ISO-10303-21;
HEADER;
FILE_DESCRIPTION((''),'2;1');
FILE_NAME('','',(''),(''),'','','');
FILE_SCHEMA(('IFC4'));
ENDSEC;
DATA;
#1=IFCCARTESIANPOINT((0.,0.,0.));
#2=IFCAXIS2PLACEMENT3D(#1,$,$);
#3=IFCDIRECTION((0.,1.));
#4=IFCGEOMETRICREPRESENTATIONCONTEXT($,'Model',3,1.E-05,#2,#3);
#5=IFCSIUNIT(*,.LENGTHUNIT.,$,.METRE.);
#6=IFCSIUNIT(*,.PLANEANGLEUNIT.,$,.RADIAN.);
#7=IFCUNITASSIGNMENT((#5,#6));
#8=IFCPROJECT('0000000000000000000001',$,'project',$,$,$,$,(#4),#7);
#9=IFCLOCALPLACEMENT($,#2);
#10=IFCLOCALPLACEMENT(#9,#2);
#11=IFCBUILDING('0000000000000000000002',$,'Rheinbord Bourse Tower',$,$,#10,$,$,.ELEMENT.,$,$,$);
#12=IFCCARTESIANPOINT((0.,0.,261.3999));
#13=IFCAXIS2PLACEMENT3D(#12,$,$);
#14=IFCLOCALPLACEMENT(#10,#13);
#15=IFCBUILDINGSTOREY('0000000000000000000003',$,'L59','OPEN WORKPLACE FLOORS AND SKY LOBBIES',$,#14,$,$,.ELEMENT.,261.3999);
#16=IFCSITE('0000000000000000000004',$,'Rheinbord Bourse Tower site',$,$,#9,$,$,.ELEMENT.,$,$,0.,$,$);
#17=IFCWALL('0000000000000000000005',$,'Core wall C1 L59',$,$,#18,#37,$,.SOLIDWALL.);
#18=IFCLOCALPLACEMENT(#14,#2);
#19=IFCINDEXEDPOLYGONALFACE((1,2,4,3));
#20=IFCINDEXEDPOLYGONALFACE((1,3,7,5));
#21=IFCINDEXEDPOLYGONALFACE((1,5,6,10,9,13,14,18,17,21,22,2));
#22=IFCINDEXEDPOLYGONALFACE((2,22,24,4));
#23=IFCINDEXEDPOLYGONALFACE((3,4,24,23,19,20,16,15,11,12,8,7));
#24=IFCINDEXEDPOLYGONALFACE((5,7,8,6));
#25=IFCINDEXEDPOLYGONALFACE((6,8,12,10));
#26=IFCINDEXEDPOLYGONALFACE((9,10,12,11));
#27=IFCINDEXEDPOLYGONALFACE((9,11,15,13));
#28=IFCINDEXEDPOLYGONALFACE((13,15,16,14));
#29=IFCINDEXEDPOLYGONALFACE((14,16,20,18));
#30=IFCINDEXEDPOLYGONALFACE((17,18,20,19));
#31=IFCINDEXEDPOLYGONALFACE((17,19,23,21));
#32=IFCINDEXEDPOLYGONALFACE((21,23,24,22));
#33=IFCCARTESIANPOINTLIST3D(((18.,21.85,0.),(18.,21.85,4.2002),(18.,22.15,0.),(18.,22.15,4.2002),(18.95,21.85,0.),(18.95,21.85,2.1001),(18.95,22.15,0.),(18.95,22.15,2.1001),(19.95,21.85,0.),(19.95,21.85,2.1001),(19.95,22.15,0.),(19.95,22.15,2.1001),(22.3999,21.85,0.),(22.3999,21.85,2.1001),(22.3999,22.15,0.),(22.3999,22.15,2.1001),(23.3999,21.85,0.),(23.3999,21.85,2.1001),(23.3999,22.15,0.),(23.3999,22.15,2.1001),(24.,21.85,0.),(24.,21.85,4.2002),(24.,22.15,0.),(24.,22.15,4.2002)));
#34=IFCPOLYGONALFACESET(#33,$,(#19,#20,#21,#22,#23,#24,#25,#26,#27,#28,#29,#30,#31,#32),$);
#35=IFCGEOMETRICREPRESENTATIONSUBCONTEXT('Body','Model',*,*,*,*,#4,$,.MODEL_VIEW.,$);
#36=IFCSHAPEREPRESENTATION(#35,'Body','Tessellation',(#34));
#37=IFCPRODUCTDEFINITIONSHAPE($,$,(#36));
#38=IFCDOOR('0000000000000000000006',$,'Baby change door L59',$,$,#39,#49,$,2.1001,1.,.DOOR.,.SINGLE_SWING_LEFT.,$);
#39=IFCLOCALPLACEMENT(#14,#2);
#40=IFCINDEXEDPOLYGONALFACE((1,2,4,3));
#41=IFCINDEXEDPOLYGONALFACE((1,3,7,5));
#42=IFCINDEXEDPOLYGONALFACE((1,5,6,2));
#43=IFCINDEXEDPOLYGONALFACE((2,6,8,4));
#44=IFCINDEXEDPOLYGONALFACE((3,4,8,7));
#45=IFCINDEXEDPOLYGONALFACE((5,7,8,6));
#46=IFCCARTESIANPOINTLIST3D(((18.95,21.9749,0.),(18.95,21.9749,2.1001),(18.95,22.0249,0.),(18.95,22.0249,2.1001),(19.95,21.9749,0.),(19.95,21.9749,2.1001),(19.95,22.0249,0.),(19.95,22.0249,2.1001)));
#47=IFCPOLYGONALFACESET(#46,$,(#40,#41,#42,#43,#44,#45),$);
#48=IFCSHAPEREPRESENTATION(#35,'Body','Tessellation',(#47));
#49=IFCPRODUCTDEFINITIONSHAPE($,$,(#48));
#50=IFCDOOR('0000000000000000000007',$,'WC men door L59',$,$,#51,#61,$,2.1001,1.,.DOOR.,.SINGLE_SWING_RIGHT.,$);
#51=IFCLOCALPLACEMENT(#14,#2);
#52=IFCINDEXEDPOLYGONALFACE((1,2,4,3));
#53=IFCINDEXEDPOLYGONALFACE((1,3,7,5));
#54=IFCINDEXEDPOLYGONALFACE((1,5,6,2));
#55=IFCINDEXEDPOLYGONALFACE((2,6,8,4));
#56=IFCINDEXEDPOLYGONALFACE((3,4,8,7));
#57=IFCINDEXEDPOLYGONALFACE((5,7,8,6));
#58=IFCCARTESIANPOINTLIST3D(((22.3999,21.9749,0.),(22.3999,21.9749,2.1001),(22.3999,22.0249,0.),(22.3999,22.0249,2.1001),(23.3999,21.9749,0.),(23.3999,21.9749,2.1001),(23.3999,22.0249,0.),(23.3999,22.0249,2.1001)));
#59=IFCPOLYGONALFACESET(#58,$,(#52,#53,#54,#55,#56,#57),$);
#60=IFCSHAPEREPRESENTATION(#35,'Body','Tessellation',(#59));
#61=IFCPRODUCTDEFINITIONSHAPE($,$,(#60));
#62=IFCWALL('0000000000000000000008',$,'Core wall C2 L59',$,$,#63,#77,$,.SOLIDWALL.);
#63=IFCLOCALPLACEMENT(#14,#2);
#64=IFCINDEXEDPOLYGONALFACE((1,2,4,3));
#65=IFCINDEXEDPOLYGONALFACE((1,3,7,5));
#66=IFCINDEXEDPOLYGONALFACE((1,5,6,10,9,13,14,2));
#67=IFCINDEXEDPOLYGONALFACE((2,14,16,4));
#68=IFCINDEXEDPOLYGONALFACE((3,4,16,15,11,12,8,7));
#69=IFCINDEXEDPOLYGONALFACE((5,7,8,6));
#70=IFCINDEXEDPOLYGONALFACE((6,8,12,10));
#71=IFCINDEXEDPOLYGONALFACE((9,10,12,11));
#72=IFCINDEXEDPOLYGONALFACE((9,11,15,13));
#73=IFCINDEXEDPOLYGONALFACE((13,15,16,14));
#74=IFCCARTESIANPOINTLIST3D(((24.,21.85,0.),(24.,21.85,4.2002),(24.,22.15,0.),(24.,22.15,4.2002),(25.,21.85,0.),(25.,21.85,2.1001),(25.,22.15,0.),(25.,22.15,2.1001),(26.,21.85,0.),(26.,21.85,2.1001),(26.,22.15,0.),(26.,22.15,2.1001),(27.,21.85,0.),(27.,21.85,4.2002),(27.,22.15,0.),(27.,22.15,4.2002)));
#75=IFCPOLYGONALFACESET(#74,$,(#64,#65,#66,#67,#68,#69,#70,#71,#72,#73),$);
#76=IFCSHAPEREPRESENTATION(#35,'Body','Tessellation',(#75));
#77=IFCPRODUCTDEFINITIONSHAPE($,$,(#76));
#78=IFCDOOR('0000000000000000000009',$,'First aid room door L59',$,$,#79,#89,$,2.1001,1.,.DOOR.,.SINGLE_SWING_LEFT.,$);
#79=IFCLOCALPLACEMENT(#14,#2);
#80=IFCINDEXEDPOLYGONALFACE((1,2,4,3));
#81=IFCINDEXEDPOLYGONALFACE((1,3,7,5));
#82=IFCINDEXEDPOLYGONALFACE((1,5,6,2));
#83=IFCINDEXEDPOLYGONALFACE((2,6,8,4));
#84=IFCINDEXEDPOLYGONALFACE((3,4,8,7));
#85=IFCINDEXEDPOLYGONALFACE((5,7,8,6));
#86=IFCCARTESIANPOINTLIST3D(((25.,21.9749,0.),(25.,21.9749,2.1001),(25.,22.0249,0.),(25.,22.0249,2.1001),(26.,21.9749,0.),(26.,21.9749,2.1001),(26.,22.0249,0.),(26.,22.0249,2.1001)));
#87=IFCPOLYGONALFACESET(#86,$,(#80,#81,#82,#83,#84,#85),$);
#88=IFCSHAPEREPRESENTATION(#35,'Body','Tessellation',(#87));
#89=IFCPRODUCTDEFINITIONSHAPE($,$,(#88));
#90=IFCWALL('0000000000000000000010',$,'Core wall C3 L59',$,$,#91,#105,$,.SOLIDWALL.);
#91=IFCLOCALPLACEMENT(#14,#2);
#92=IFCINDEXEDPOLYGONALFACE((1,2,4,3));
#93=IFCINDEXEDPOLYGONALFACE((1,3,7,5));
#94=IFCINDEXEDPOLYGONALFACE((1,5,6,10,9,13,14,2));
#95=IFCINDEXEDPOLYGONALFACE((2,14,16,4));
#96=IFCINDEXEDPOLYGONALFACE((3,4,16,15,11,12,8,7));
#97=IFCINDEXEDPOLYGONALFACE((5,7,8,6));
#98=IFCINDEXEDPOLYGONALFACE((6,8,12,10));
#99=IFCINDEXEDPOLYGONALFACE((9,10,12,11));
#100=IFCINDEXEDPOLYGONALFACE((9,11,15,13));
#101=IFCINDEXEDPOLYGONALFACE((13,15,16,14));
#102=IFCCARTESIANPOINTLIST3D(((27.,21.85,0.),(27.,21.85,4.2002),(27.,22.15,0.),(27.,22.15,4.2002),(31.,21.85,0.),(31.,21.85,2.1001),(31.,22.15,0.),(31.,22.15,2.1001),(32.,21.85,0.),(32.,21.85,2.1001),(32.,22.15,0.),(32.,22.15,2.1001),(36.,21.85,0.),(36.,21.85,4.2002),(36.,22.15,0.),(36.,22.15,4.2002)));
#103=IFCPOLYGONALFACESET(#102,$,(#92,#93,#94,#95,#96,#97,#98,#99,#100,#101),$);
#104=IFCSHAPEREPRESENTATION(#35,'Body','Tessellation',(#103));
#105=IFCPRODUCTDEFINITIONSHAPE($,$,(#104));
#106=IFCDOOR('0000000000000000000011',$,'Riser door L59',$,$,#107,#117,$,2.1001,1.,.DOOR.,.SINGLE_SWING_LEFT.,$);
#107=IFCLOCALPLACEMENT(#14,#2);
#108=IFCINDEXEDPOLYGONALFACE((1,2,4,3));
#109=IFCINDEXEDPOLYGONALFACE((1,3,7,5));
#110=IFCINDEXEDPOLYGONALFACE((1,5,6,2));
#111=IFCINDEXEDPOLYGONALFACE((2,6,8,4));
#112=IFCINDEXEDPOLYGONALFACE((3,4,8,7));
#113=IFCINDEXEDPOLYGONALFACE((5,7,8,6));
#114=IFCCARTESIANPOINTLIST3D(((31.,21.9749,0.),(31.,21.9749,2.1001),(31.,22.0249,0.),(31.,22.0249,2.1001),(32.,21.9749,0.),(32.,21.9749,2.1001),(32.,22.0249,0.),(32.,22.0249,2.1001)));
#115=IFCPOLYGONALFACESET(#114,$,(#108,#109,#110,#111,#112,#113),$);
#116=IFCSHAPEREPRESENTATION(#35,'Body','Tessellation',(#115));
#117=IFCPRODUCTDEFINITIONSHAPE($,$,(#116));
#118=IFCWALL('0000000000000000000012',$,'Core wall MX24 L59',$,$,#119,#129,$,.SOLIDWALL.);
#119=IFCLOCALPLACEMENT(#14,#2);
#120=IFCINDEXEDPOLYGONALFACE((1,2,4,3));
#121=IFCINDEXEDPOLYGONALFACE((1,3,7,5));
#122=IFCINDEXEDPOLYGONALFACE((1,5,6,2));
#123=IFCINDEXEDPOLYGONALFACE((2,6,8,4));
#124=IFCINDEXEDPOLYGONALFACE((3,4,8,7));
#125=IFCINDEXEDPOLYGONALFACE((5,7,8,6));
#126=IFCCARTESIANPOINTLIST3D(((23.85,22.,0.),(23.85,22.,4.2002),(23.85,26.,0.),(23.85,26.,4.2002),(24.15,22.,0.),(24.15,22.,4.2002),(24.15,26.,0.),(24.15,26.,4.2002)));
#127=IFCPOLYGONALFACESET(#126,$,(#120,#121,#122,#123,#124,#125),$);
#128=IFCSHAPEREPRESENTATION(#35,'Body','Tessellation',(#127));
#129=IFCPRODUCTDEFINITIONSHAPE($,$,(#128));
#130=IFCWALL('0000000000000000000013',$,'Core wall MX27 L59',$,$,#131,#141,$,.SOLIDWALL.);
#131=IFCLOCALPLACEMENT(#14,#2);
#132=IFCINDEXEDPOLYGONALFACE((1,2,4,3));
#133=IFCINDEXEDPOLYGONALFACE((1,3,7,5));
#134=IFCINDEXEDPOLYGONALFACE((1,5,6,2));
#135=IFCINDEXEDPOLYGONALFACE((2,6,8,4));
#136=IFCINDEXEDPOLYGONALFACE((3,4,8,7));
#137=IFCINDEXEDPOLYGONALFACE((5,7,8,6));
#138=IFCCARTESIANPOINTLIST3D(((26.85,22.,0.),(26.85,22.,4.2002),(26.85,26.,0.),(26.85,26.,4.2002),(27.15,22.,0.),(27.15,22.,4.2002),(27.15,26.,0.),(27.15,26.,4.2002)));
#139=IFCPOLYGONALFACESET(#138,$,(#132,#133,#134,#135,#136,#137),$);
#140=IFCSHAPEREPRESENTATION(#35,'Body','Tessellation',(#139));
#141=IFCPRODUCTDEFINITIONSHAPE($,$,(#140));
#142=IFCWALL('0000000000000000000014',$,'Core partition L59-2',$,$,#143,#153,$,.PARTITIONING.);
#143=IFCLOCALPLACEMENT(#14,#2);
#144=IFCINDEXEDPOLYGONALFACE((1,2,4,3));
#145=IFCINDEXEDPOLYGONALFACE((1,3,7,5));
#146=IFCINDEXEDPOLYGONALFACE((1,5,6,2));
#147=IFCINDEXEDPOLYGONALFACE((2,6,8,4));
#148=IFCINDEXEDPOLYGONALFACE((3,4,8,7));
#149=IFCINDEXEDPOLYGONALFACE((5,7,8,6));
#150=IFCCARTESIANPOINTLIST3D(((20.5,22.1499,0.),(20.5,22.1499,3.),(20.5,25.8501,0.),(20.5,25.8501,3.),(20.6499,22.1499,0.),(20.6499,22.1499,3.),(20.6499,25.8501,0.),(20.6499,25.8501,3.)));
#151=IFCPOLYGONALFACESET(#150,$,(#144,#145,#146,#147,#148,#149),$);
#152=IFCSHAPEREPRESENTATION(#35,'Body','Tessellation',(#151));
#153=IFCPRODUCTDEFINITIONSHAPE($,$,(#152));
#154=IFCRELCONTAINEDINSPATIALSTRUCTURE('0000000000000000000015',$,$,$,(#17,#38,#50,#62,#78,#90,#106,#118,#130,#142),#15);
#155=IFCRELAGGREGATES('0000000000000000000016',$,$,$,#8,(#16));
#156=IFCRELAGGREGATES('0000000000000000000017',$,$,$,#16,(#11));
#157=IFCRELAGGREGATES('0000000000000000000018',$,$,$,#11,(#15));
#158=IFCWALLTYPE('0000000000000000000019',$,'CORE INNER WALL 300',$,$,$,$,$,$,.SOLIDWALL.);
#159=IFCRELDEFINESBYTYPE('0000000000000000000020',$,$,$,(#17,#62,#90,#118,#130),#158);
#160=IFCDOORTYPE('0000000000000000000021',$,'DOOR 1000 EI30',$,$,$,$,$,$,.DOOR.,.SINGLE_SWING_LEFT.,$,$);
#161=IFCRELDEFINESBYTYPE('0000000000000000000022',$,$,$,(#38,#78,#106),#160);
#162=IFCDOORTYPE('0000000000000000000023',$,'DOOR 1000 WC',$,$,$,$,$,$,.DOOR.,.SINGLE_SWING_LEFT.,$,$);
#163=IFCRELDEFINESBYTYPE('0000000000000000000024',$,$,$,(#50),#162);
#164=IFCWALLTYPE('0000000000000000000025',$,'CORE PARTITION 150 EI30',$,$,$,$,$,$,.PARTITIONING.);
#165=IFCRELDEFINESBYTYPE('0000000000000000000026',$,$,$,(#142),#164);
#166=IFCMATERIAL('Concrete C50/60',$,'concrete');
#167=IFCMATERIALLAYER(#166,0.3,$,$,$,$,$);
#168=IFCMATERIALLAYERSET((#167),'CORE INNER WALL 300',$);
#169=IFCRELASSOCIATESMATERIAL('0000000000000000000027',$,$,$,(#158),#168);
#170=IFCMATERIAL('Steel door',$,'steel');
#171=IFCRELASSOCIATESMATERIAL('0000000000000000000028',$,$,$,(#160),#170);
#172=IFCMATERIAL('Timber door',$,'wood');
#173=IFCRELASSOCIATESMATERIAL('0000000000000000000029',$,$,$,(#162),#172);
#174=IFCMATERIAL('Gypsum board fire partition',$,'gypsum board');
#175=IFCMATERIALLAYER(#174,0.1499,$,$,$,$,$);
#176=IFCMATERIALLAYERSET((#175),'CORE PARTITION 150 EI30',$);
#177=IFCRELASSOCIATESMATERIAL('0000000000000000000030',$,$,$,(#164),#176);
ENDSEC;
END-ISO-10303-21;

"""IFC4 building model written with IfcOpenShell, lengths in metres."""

from ifc_helpers import new_model, si_unit, direction, frame, frame_2d, origin, place, context, subcontext, project, spatial, rectangle, extrude, material, layer, layer_set, type_object, element, fill, save


model = new_model("IFC4")

# Units and contexts
model_context = context("Model", 3, precision=1e-05, world=origin(), true_north=direction((0.0, 1.0)))
body_context = subcontext(model_context, "Body", "Model", "MODEL_VIEW")
ifc_project = project(units=[si_unit("LENGTHUNIT", "METRE"), si_unit("PLANEANGLEUNIT", "RADIAN")], contexts=[model_context])

# Site, building, storey
site_placement = place(None, origin())
site = spatial("IfcSite", under=ifc_project, at=site_placement, Name="Rheinbord Bourse Tower site", CompositionType="ELEMENT", RefElevation=0.0)
building_placement = place(site_placement, origin())
building = spatial("IfcBuilding", under=site, at=building_placement, Name="Rheinbord Bourse Tower", CompositionType="ELEMENT")
storey_placement = place(building_placement, frame((0.0, 0.0, 261.3999)))
storey = spatial("IfcBuildingStorey", under=building, at=storey_placement, Name="L59", Description="OPEN WORKPLACE FLOORS AND SKY LOBBIES", CompositionType="ELEMENT", Elevation=261.3999)

# Shared definitions
ifc_material_1 = material(Name="Concrete C50/60", Category="concrete")
ifc_layer_1 = layer(ifc_material_1, 0.3)
ifc_layer_set_1 = layer_set([ifc_layer_1], Name="CORE INNER WALL 300")
wall_type_1 = type_object("IfcWallType", Name="CORE INNER WALL 300", PredefinedType="SOLIDWALL", material=ifc_layer_set_1)
ifc_material_2 = material(Name="Steel door", Category="steel")
door_type_1 = type_object("IfcDoorType", Name="DOOR 1000 EI30", OperationType="SINGLE_SWING_LEFT", PredefinedType="DOOR", material=ifc_material_2)

# Wall, openings, doors
wall_1_placement = place(storey_placement, frame((18.0, 22.0, 0.0), z_axis=(0.0, 0.0, 1.0), x_axis=(1.0, 0.0, 0.0)))
wall_1 = element("IfcWall", 1, at=wall_1_placement, inside=storey, type_object=wall_type_1, Name="Core wall C1 L59", PredefinedType="SOLIDWALL", context=body_context, shape_type="SweptSolid", body=[
    extrude(rectangle(XDim=6.0, YDim=0.3, at=frame_2d((3.0, 0.0))), origin(), (0.0, 0.0, 1.0), 4.2002),
])
opening_1_placement = place(wall_1_placement, frame((4.3999, 0.0, 0.0)))
opening_1 = element("IfcOpeningElement", 2, at=opening_1_placement, cuts=wall_1, PredefinedType="OPENING", context=body_context, shape_type="SweptSolid", body=[
    extrude(rectangle(XDim=1.0, YDim=2.1001, at=frame_2d((0.5, 1.05))), frame((0.0, 0.1599, 0.0), z_axis=(0.0, -1.0, 0.0), x_axis=(1.0, 0.0, 0.0)), (0.0, 0.0, 1.0), 0.3201),
])
opening_2_placement = place(wall_1_placement, frame((0.95, 0.0, 0.0)))
opening_2 = element("IfcOpeningElement", 3, at=opening_2_placement, cuts=wall_1, PredefinedType="OPENING", context=body_context, shape_type="SweptSolid", body=[
    extrude(rectangle(XDim=1.0, YDim=2.1001, at=frame_2d((0.5, 1.05))), frame((0.0, 0.1599, 0.0), z_axis=(0.0, -1.0, 0.0), x_axis=(1.0, 0.0, 0.0)), (0.0, 0.0, 1.0), 0.3201),
])
door_1_placement = place(opening_2_placement, origin())
door_1 = element("IfcDoor", 4, at=door_1_placement, inside=storey, type_object=door_type_1, Name="Baby change door L59", OperationType="SINGLE_SWING_LEFT", OverallHeight=2.1001, OverallWidth=1.0, PredefinedType="DOOR", context=body_context, shape_type="SweptSolid", body=[
    extrude(rectangle(XDim=1.0, YDim=2.1001, at=frame_2d((0.5, 1.05))), frame((0.0, 0.0249, 0.0), z_axis=(0.0, -1.0, 0.0), x_axis=(1.0, 0.0, 0.0)), (0.0, 0.0, 1.0), 0.05),
])
fill(opening_2, door_1)
ifc_material_3 = material(Name="Timber door", Category="wood")
door_type_2 = type_object("IfcDoorType", Name="DOOR 1000 WC", OperationType="SINGLE_SWING_LEFT", PredefinedType="DOOR", material=ifc_material_3)
door_2_placement = place(opening_1_placement, origin())
door_2 = element("IfcDoor", 5, at=door_2_placement, inside=storey, type_object=door_type_2, Name="WC men door L59", OperationType="SINGLE_SWING_RIGHT", OverallHeight=2.1001, OverallWidth=1.0, PredefinedType="DOOR", context=body_context, shape_type="SweptSolid", body=[
    extrude(rectangle(XDim=1.0, YDim=2.1001, at=frame_2d((0.5, 1.05))), frame((0.0, 0.0249, 0.0), z_axis=(0.0, -1.0, 0.0), x_axis=(1.0, 0.0, 0.0)), (0.0, 0.0, 1.0), 0.05),
])
fill(opening_1, door_2)

# Walls, openings, doors
wall_2_placement = place(storey_placement, frame((24.0, 22.0, 0.0), z_axis=(0.0, 0.0, 1.0), x_axis=(1.0, 0.0, 0.0)))
wall_2 = element("IfcWall", 6, at=wall_2_placement, inside=storey, type_object=wall_type_1, Name="Core wall C2 L59", PredefinedType="SOLIDWALL", context=body_context, shape_type="SweptSolid", body=[
    extrude(rectangle(XDim=3.0, YDim=0.3, at=frame_2d((1.5, 0.0))), origin(), (0.0, 0.0, 1.0), 4.2002),
])
opening_3_placement = place(wall_2_placement, frame((1.0, 0.0, 0.0)))
opening_3 = element("IfcOpeningElement", 7, at=opening_3_placement, cuts=wall_2, PredefinedType="OPENING", context=body_context, shape_type="SweptSolid", body=[
    extrude(rectangle(XDim=1.0, YDim=2.1001, at=frame_2d((0.5, 1.05))), frame((0.0, 0.1599, 0.0), z_axis=(0.0, -1.0, 0.0), x_axis=(1.0, 0.0, 0.0)), (0.0, 0.0, 1.0), 0.3201),
])
door_3_placement = place(opening_3_placement, origin())
door_3 = element("IfcDoor", 8, at=door_3_placement, inside=storey, type_object=door_type_1, Name="First aid room door L59", OperationType="SINGLE_SWING_LEFT", OverallHeight=2.1001, OverallWidth=1.0, PredefinedType="DOOR", context=body_context, shape_type="SweptSolid", body=[
    extrude(rectangle(XDim=1.0, YDim=2.1001, at=frame_2d((0.5, 1.05))), frame((0.0, 0.0249, 0.0), z_axis=(0.0, -1.0, 0.0), x_axis=(1.0, 0.0, 0.0)), (0.0, 0.0, 1.0), 0.05),
])
fill(opening_3, door_3)
wall_3_placement = place(storey_placement, frame((27.0, 22.0, 0.0), z_axis=(0.0, 0.0, 1.0), x_axis=(1.0, 0.0, 0.0)))
wall_3 = element("IfcWall", 9, at=wall_3_placement, inside=storey, type_object=wall_type_1, Name="Core wall C3 L59", PredefinedType="SOLIDWALL", context=body_context, shape_type="SweptSolid", body=[
    extrude(rectangle(XDim=9.0, YDim=0.3, at=frame_2d((4.5, 0.0))), origin(), (0.0, 0.0, 1.0), 4.2002),
])
opening_4_placement = place(wall_3_placement, frame((4.0, 0.0, 0.0)))
opening_4 = element("IfcOpeningElement", 10, at=opening_4_placement, cuts=wall_3, PredefinedType="OPENING", context=body_context, shape_type="SweptSolid", body=[
    extrude(rectangle(XDim=1.0, YDim=2.1001, at=frame_2d((0.5, 1.05))), frame((0.0, 0.1599, 0.0), z_axis=(0.0, -1.0, 0.0), x_axis=(1.0, 0.0, 0.0)), (0.0, 0.0, 1.0), 0.3201),
])
door_4_placement = place(opening_4_placement, origin())
door_4 = element("IfcDoor", 11, at=door_4_placement, inside=storey, type_object=door_type_1, Name="Riser door L59", OperationType="SINGLE_SWING_LEFT", OverallHeight=2.1001, OverallWidth=1.0, PredefinedType="DOOR", context=body_context, shape_type="SweptSolid", body=[
    extrude(rectangle(XDim=1.0, YDim=2.1001, at=frame_2d((0.5, 1.05))), frame((0.0, 0.0249, 0.0), z_axis=(0.0, -1.0, 0.0), x_axis=(1.0, 0.0, 0.0)), (0.0, 0.0, 1.0), 0.05),
])
fill(opening_4, door_4)

# Walls
for number, where, z_axis, x_axis, name in (
    (12, (24.0, 22.0, 0.0), (0.0, 0.0, 1.0), (0.0, 1.0, 0.0), "Core wall MX24 L59"),
    (13, (27.0, 22.0, 0.0), (0.0, 0.0, 1.0), (0.0, 1.0, 0.0), "Core wall MX27 L59"),
):
    element("IfcWall", number, at=place(storey_placement, frame(where, z_axis=z_axis, x_axis=x_axis)), inside=storey, type_object=wall_type_1, Name=name, PredefinedType="SOLIDWALL", context=body_context, shape_type="SweptSolid", body=[
        extrude(rectangle(XDim=4.0, YDim=0.3, at=frame_2d((2.0, 0.0))), origin(), (0.0, 0.0, 1.0), 4.2002),
    ])
ifc_material_4 = material(Name="Gypsum board fire partition", Category="gypsum board")
ifc_layer_2 = layer(ifc_material_4, 0.1499)
ifc_layer_set_2 = layer_set([ifc_layer_2], Name="CORE PARTITION 150 EI30")
wall_type_2 = type_object("IfcWallType", Name="CORE PARTITION 150 EI30", PredefinedType="PARTITIONING", material=ifc_layer_set_2)
wall_4_placement = place(storey_placement, frame((20.575, 22.1499, 0.0), z_axis=(0.0, 0.0, 1.0), x_axis=(0.0, 1.0, 0.0)))
element("IfcWall", 14, at=wall_4_placement, inside=storey, type_object=wall_type_2, Name="Core partition L59-2", PredefinedType="PARTITIONING", context=body_context, shape_type="SweptSolid", body=[
    extrude(rectangle(XDim=3.7002, YDim=0.1499, at=frame_2d((1.8501, 0.0))), origin(), (0.0, 0.0, 1.0), 3.0),
])

save(model, "model.ifc")
